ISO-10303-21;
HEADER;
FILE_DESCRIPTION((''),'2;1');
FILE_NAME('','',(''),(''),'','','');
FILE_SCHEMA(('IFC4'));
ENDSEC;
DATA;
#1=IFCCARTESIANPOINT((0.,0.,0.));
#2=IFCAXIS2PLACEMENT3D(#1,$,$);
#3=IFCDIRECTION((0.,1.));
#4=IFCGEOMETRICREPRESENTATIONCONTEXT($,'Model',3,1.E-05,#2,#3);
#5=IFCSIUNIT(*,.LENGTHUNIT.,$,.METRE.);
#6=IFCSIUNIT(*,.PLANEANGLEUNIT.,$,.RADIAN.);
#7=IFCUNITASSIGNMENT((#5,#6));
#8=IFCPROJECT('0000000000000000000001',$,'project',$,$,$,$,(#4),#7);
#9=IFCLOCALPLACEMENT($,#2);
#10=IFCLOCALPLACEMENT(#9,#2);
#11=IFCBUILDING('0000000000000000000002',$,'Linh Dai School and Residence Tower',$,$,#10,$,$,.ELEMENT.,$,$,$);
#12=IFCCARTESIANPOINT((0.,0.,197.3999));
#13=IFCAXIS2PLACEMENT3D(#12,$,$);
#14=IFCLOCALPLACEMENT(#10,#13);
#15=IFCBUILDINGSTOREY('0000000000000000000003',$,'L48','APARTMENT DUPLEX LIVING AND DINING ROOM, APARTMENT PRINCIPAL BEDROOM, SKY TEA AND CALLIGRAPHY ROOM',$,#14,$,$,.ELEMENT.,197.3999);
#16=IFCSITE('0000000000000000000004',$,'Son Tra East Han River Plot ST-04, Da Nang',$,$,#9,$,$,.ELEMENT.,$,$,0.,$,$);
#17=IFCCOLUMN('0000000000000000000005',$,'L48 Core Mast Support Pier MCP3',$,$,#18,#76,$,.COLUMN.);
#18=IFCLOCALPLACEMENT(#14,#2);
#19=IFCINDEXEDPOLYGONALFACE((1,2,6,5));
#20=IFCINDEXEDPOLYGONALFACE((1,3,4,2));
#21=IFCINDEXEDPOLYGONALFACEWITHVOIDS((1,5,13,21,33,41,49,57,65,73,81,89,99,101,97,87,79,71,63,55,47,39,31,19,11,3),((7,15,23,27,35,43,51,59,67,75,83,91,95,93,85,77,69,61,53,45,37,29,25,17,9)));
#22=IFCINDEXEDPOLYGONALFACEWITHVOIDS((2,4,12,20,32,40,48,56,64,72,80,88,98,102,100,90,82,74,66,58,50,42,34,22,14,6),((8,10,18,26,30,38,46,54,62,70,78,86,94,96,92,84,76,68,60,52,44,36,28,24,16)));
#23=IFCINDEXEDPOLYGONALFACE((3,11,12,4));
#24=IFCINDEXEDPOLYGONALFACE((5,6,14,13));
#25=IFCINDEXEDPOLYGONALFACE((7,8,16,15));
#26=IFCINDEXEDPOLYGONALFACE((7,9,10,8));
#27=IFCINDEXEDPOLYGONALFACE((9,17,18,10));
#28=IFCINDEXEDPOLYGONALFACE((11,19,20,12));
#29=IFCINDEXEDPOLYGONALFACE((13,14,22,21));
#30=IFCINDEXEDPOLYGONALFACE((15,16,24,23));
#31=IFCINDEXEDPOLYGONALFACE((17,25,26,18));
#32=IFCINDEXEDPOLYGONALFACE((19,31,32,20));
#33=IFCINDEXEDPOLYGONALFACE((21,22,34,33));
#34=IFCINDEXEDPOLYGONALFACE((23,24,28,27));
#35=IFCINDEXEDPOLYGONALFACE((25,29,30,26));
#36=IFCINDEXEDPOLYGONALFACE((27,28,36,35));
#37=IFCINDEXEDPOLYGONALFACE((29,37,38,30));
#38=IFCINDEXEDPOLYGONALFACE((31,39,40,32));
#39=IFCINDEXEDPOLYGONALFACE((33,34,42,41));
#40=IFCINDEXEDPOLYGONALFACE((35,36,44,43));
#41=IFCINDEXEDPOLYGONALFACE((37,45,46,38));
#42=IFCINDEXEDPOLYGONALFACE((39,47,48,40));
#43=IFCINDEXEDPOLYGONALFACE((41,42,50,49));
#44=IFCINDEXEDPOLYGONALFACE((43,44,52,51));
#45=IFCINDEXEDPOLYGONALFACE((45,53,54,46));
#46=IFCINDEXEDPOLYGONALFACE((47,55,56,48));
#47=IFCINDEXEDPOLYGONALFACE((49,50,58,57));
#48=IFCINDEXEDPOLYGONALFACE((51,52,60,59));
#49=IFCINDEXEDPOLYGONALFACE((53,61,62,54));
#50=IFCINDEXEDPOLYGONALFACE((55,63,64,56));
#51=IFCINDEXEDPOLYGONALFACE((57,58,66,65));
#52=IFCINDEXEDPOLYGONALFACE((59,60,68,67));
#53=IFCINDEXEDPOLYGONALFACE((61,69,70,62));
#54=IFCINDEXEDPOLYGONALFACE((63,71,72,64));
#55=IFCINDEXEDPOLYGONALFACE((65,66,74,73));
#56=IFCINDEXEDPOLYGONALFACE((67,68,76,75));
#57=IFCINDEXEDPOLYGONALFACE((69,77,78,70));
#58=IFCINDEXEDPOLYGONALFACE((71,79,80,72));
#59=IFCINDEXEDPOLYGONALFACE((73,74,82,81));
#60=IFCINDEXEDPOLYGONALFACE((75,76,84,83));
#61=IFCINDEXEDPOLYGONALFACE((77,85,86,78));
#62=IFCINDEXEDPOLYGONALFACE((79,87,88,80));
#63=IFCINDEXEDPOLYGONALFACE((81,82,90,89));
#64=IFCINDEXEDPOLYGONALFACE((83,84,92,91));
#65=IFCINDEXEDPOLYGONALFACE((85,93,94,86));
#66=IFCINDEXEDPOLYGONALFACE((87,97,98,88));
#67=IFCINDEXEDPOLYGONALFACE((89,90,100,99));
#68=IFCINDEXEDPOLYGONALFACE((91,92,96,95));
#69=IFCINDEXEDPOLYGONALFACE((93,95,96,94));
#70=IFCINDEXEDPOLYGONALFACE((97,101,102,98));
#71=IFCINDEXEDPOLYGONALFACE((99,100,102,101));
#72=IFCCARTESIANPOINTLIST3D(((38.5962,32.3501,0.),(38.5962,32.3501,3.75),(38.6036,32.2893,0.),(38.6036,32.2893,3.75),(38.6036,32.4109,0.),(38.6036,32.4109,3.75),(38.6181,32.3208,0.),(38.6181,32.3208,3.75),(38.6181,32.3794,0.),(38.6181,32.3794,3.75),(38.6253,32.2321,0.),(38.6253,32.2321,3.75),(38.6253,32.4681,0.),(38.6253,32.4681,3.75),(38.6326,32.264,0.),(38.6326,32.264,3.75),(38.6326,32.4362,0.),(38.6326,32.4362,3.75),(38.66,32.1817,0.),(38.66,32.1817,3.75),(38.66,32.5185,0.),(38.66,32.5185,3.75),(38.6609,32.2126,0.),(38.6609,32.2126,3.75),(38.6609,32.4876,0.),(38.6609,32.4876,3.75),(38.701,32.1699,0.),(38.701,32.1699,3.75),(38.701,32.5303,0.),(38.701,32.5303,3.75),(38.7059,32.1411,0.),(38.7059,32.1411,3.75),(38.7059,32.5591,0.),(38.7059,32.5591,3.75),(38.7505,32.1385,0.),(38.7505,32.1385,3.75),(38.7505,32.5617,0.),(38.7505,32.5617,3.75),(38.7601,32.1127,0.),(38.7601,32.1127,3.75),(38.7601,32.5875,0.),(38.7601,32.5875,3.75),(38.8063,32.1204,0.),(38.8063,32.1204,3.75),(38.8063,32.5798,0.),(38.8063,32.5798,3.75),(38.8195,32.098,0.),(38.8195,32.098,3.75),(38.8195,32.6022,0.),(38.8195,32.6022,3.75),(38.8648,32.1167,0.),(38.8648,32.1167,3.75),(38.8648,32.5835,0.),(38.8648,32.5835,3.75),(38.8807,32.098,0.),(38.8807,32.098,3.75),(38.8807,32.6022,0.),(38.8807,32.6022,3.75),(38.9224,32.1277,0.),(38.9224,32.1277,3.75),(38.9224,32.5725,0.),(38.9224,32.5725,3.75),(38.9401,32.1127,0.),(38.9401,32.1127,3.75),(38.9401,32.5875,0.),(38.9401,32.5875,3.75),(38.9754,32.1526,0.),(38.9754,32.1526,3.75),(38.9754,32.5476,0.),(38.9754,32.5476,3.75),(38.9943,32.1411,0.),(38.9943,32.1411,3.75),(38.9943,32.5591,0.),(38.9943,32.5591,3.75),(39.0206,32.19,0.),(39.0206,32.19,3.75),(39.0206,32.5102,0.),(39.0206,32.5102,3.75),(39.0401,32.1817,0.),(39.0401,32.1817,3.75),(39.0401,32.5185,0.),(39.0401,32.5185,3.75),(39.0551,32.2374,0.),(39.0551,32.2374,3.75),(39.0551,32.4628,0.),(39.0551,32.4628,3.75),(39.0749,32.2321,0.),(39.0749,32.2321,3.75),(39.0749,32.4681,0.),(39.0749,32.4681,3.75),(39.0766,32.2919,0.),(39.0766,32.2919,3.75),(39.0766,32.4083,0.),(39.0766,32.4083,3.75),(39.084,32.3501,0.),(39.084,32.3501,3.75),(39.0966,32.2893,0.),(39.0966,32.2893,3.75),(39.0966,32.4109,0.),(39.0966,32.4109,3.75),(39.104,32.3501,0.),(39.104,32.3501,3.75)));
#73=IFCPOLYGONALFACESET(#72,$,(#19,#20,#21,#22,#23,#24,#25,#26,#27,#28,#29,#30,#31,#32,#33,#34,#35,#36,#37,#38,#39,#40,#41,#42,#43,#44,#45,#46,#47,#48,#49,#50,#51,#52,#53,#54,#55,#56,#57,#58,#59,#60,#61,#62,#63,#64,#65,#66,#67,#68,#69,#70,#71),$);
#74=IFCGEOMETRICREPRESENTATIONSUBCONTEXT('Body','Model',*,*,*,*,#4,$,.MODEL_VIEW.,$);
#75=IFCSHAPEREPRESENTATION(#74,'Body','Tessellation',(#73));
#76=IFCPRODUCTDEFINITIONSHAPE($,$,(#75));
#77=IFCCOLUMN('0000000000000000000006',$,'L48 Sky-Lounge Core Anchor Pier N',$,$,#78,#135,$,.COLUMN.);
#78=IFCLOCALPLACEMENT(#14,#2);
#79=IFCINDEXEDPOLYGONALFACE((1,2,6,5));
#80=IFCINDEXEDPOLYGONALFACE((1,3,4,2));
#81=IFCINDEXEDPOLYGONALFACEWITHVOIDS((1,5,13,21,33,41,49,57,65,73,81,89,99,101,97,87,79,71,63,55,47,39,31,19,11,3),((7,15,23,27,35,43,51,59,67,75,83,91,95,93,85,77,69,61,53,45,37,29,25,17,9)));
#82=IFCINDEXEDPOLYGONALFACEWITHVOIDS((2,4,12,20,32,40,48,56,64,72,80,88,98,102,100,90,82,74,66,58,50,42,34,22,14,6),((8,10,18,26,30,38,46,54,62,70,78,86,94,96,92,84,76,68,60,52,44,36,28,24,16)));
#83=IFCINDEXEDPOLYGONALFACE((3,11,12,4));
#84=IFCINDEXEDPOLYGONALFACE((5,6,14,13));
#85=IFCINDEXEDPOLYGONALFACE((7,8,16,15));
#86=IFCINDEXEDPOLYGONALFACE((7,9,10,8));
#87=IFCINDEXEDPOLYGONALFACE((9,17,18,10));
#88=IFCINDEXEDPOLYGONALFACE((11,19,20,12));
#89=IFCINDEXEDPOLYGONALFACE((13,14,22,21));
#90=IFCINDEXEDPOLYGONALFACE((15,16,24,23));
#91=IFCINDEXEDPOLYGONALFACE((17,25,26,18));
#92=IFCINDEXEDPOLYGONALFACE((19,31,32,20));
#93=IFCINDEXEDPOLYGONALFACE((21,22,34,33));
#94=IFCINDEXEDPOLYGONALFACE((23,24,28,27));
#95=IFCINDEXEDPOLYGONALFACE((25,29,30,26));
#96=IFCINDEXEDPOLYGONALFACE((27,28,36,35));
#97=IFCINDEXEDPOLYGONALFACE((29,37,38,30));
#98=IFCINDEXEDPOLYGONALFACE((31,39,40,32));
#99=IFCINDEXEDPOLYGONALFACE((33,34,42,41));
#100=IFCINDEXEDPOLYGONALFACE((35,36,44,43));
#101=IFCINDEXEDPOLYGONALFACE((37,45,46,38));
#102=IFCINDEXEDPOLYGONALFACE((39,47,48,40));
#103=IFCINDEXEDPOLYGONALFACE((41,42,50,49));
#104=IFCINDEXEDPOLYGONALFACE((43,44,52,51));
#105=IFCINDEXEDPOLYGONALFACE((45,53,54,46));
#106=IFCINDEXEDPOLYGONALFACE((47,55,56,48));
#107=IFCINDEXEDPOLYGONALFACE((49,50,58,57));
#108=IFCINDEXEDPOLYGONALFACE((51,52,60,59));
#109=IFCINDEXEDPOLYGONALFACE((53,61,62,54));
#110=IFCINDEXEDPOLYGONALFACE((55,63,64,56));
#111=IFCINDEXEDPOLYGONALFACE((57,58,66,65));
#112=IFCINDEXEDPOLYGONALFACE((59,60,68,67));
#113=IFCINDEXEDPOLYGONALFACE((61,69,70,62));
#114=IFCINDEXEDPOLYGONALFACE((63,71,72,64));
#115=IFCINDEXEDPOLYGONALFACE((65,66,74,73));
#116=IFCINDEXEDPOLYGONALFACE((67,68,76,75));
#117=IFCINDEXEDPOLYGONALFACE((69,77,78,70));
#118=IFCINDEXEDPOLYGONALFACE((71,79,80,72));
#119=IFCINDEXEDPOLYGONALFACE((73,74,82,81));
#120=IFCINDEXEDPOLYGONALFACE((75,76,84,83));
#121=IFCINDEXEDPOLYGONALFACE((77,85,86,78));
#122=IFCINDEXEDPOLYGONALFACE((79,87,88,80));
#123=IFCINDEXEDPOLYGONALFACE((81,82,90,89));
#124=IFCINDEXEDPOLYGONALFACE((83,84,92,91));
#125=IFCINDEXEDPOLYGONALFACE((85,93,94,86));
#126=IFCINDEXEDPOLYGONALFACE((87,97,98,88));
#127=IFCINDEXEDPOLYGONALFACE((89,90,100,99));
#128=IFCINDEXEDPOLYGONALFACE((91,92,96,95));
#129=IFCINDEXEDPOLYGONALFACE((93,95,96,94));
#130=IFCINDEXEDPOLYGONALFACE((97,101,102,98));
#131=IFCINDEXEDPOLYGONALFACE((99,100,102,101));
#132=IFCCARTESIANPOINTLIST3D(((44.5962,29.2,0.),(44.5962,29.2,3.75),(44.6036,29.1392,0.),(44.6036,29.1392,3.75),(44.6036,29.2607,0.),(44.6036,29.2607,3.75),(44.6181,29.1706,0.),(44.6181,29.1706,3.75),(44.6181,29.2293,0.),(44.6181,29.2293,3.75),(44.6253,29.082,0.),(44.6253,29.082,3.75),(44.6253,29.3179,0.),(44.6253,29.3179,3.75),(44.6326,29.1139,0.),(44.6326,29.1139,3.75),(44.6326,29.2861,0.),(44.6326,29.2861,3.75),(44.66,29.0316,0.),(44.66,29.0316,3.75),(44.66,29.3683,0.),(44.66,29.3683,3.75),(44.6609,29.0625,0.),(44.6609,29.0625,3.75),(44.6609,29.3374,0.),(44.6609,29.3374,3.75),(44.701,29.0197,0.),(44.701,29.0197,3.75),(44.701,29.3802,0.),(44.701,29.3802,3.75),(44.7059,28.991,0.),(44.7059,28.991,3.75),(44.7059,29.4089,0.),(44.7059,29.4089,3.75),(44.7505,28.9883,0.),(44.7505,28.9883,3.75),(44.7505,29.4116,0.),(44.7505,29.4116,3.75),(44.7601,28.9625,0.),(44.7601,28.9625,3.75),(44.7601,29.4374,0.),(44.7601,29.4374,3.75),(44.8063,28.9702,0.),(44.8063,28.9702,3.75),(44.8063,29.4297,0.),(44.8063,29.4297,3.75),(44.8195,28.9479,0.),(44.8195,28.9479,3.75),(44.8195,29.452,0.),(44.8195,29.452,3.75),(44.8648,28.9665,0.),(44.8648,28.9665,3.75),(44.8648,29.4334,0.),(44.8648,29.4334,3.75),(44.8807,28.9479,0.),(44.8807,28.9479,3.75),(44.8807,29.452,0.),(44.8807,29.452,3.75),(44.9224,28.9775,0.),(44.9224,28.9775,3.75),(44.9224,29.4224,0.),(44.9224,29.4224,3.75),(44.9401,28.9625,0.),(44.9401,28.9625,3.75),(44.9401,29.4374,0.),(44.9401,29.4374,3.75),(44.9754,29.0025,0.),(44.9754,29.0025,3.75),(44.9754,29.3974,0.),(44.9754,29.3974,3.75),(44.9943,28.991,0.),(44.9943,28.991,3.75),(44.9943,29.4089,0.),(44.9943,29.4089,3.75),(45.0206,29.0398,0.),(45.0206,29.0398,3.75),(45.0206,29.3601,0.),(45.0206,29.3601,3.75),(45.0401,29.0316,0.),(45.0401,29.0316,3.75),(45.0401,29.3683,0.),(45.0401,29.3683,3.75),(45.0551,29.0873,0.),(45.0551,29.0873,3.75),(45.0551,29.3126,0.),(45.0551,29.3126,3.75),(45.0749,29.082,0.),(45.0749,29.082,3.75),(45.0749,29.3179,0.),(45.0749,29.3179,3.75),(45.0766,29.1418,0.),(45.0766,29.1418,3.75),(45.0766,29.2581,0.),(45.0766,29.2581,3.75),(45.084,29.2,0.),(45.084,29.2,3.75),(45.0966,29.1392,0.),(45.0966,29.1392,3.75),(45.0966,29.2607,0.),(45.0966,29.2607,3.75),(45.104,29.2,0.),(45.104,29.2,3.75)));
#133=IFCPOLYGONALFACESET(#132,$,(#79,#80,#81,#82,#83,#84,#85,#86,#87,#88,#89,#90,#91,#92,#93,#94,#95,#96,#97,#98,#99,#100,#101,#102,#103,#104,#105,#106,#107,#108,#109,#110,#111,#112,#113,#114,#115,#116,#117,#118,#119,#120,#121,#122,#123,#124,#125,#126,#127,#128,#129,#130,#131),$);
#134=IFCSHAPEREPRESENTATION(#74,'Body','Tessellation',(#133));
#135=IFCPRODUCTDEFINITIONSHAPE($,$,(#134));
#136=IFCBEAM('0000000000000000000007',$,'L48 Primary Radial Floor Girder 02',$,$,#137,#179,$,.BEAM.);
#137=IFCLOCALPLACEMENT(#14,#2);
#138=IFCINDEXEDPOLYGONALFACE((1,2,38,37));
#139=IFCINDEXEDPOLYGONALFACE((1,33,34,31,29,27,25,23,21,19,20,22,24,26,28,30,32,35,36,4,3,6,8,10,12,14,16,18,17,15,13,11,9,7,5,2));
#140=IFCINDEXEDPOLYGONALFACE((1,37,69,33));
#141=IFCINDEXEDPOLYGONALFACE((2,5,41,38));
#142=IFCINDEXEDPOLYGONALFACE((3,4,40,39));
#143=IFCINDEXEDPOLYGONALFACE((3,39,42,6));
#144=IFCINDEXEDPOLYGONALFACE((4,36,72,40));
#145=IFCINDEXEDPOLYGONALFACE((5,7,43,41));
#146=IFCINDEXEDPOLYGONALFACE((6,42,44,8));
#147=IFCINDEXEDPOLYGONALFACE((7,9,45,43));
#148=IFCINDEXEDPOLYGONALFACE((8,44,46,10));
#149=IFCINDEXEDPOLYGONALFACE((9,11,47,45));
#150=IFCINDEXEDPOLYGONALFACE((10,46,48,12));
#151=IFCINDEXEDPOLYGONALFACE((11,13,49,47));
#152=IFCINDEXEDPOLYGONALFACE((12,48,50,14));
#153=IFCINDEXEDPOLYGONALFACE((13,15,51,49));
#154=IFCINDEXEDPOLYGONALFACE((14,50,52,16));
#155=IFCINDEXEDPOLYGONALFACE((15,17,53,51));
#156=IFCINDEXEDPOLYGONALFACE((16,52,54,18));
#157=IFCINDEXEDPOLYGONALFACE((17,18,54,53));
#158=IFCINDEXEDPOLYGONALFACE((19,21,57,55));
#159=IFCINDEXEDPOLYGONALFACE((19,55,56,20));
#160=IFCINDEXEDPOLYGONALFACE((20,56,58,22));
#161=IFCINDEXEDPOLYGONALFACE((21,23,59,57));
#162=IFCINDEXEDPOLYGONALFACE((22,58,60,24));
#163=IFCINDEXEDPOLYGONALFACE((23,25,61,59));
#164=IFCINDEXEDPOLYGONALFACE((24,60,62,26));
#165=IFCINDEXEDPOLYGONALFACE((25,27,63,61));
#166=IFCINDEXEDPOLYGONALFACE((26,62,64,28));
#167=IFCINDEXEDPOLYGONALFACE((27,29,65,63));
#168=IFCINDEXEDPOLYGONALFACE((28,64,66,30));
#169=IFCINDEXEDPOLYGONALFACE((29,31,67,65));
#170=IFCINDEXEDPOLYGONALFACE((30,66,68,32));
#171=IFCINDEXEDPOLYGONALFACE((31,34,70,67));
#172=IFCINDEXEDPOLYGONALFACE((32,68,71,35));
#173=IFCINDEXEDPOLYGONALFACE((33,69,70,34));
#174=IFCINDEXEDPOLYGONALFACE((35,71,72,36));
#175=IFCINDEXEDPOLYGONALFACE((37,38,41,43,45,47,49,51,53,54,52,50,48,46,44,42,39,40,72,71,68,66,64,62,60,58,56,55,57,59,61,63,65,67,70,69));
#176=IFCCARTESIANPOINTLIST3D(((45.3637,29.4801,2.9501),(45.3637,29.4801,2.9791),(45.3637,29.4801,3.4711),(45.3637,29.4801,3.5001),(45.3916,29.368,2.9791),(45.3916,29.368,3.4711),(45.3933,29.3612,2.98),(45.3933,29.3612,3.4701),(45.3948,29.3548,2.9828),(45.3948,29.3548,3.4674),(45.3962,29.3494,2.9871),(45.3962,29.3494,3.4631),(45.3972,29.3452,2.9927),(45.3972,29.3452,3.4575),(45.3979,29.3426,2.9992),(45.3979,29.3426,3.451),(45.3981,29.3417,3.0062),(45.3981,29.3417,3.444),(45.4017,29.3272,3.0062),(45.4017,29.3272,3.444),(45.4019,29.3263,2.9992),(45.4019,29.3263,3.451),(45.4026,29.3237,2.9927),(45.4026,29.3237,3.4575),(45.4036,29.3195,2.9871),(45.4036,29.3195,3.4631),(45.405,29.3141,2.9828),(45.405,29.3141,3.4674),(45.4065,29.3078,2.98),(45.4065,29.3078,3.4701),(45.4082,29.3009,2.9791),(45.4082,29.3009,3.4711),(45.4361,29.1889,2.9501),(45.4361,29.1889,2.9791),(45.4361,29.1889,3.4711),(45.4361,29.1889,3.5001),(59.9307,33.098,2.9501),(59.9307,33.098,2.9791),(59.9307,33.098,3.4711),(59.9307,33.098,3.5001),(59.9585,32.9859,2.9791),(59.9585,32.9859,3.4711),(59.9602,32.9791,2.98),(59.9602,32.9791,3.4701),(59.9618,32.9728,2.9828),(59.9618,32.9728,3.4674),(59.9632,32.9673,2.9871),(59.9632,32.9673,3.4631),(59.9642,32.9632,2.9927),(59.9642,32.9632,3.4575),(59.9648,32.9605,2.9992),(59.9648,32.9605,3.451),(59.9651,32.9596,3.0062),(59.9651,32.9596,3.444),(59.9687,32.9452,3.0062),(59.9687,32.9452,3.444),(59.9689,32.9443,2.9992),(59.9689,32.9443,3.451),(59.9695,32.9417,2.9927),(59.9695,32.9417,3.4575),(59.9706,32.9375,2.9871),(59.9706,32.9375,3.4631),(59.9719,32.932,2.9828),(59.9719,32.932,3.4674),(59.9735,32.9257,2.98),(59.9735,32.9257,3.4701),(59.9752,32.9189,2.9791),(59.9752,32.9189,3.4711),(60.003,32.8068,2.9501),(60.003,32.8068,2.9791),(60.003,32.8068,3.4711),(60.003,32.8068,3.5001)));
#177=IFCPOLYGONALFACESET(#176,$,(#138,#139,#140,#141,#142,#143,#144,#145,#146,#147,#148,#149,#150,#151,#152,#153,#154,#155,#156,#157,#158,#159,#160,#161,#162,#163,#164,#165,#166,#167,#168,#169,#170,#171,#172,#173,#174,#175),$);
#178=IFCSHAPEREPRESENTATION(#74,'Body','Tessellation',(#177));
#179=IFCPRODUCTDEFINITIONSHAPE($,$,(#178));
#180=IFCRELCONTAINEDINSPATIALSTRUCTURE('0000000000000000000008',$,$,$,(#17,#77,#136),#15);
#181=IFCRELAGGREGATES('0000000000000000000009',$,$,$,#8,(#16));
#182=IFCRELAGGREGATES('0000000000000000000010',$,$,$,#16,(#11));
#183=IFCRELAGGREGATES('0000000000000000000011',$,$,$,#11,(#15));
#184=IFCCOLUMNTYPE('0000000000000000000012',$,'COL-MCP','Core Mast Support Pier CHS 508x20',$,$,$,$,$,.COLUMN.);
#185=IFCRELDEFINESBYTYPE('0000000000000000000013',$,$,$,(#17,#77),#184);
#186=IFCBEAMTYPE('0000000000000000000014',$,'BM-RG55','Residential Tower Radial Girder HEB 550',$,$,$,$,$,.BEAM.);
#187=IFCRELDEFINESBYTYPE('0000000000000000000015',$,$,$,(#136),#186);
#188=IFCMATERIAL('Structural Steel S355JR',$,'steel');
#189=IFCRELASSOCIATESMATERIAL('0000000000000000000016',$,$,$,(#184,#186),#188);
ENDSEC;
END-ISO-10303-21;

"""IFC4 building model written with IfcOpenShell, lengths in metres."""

from ifc_helpers import new_model, si_unit, direction, frame, origin, origin_2d, place, context, subcontext, project, spatial, hollow_circle, i_section, extrude, material, material_profile, profile_set, type_object, element, save


model = new_model("IFC4")

# Units and contexts
model_context = context("Model", 3, precision=1e-05, world=origin(), true_north=direction((0.0, 1.0)))
body_context = subcontext(model_context, "Body", "Model", "MODEL_VIEW")
ifc_project = project(units=[si_unit("LENGTHUNIT", "METRE"), si_unit("PLANEANGLEUNIT", "RADIAN")], contexts=[model_context])

# Site, building, storey
site_placement = place(None, origin())
site = spatial("IfcSite", under=ifc_project, at=site_placement, Name="Son Tra East Han River Plot ST-04, Da Nang", CompositionType="ELEMENT", RefElevation=0.0)
building_placement = place(site_placement, origin())
building = spatial("IfcBuilding", under=site, at=building_placement, Name="Linh Dai School and Residence Tower", CompositionType="ELEMENT")
storey_placement = place(building_placement, frame((0.0, 0.0, 197.3999)))
storey = spatial("IfcBuildingStorey", under=building, at=storey_placement, Name="L48", Description="APARTMENT DUPLEX LIVING AND DINING ROOM, APARTMENT PRINCIPAL BEDROOM, SKY TEA AND CALLIGRAPHY ROOM", CompositionType="ELEMENT", Elevation=197.3999)

# Columns
ifc_material_1 = material(Name="Structural Steel S355JR", Category="steel")
ifc_material_profile_1 = material_profile(ifc_material_1, hollow_circle(Radius=0.2539, WallThickness=0.02, at=origin_2d()), Name="CHS 508x20")
ifc_profile_set_1 = profile_set([ifc_material_profile_1], Name="Structural Steel S355JR")
column_type_1 = type_object("IfcColumnType", Name="COL-MCP", Description="Core Mast Support Pier CHS 508x20", PredefinedType="COLUMN", material=ifc_profile_set_1)
for number, where, z_axis, x_axis, name in (
    (1, (38.8501, 32.3501, 0.0), (0.0, 0.0, 1.0), (1.0, 0.0, 0.0), "L48 Core Mast Support Pier MCP3"),
    (2, (44.8501, 29.2, 0.0), (0.0, 0.0, 1.0), (1.0, 0.0, 0.0), "L48 Sky-Lounge Core Anchor Pier N"),
):
    element("IfcColumn", number, at=place(storey_placement, frame(where, z_axis=z_axis, x_axis=x_axis)), inside=storey, type_object=column_type_1, Name=name, PredefinedType="COLUMN", context=body_context, shape_type="SweptSolid", body=[
        extrude(hollow_circle(Radius=0.2539, WallThickness=0.02, at=origin_2d()), origin(), (0.0, 0.0, 1.0), 3.75),
    ])

# Beam
ifc_material_profile_2 = material_profile(ifc_material_1, i_section(OverallWidth=0.3, OverallDepth=0.55, WebThickness=0.0149, FlangeThickness=0.0291, FilletRadius=0.0271, at=origin_2d()), Name="HEB 550")
ifc_profile_set_2 = profile_set([ifc_material_profile_2], Name="Structural Steel S355JR")
beam_type_1 = type_object("IfcBeamType", Name="BM-RG55", Description="Residential Tower Radial Girder HEB 550", PredefinedType="BEAM", material=ifc_profile_set_2)
beam_1_placement = place(storey_placement, frame((45.3999, 29.3345, 3.2251), z_axis=(0.970515, 0.241043, 0.0), x_axis=(-0.241043, 0.970515, 0.0)))
element("IfcBeam", 3, at=beam_1_placement, inside=storey, type_object=beam_type_1, Name="L48 Primary Radial Floor Girder 02", PredefinedType="BEAM", context=body_context, shape_type="SweptSolid", body=[
    extrude(i_section(OverallWidth=0.3, OverallDepth=0.55, WebThickness=0.0149, FlangeThickness=0.0291, FilletRadius=0.0271, at=origin_2d()), origin(), (0.0, 0.0, 1.0), 15.0095),
])

save(model, "model.ifc")
